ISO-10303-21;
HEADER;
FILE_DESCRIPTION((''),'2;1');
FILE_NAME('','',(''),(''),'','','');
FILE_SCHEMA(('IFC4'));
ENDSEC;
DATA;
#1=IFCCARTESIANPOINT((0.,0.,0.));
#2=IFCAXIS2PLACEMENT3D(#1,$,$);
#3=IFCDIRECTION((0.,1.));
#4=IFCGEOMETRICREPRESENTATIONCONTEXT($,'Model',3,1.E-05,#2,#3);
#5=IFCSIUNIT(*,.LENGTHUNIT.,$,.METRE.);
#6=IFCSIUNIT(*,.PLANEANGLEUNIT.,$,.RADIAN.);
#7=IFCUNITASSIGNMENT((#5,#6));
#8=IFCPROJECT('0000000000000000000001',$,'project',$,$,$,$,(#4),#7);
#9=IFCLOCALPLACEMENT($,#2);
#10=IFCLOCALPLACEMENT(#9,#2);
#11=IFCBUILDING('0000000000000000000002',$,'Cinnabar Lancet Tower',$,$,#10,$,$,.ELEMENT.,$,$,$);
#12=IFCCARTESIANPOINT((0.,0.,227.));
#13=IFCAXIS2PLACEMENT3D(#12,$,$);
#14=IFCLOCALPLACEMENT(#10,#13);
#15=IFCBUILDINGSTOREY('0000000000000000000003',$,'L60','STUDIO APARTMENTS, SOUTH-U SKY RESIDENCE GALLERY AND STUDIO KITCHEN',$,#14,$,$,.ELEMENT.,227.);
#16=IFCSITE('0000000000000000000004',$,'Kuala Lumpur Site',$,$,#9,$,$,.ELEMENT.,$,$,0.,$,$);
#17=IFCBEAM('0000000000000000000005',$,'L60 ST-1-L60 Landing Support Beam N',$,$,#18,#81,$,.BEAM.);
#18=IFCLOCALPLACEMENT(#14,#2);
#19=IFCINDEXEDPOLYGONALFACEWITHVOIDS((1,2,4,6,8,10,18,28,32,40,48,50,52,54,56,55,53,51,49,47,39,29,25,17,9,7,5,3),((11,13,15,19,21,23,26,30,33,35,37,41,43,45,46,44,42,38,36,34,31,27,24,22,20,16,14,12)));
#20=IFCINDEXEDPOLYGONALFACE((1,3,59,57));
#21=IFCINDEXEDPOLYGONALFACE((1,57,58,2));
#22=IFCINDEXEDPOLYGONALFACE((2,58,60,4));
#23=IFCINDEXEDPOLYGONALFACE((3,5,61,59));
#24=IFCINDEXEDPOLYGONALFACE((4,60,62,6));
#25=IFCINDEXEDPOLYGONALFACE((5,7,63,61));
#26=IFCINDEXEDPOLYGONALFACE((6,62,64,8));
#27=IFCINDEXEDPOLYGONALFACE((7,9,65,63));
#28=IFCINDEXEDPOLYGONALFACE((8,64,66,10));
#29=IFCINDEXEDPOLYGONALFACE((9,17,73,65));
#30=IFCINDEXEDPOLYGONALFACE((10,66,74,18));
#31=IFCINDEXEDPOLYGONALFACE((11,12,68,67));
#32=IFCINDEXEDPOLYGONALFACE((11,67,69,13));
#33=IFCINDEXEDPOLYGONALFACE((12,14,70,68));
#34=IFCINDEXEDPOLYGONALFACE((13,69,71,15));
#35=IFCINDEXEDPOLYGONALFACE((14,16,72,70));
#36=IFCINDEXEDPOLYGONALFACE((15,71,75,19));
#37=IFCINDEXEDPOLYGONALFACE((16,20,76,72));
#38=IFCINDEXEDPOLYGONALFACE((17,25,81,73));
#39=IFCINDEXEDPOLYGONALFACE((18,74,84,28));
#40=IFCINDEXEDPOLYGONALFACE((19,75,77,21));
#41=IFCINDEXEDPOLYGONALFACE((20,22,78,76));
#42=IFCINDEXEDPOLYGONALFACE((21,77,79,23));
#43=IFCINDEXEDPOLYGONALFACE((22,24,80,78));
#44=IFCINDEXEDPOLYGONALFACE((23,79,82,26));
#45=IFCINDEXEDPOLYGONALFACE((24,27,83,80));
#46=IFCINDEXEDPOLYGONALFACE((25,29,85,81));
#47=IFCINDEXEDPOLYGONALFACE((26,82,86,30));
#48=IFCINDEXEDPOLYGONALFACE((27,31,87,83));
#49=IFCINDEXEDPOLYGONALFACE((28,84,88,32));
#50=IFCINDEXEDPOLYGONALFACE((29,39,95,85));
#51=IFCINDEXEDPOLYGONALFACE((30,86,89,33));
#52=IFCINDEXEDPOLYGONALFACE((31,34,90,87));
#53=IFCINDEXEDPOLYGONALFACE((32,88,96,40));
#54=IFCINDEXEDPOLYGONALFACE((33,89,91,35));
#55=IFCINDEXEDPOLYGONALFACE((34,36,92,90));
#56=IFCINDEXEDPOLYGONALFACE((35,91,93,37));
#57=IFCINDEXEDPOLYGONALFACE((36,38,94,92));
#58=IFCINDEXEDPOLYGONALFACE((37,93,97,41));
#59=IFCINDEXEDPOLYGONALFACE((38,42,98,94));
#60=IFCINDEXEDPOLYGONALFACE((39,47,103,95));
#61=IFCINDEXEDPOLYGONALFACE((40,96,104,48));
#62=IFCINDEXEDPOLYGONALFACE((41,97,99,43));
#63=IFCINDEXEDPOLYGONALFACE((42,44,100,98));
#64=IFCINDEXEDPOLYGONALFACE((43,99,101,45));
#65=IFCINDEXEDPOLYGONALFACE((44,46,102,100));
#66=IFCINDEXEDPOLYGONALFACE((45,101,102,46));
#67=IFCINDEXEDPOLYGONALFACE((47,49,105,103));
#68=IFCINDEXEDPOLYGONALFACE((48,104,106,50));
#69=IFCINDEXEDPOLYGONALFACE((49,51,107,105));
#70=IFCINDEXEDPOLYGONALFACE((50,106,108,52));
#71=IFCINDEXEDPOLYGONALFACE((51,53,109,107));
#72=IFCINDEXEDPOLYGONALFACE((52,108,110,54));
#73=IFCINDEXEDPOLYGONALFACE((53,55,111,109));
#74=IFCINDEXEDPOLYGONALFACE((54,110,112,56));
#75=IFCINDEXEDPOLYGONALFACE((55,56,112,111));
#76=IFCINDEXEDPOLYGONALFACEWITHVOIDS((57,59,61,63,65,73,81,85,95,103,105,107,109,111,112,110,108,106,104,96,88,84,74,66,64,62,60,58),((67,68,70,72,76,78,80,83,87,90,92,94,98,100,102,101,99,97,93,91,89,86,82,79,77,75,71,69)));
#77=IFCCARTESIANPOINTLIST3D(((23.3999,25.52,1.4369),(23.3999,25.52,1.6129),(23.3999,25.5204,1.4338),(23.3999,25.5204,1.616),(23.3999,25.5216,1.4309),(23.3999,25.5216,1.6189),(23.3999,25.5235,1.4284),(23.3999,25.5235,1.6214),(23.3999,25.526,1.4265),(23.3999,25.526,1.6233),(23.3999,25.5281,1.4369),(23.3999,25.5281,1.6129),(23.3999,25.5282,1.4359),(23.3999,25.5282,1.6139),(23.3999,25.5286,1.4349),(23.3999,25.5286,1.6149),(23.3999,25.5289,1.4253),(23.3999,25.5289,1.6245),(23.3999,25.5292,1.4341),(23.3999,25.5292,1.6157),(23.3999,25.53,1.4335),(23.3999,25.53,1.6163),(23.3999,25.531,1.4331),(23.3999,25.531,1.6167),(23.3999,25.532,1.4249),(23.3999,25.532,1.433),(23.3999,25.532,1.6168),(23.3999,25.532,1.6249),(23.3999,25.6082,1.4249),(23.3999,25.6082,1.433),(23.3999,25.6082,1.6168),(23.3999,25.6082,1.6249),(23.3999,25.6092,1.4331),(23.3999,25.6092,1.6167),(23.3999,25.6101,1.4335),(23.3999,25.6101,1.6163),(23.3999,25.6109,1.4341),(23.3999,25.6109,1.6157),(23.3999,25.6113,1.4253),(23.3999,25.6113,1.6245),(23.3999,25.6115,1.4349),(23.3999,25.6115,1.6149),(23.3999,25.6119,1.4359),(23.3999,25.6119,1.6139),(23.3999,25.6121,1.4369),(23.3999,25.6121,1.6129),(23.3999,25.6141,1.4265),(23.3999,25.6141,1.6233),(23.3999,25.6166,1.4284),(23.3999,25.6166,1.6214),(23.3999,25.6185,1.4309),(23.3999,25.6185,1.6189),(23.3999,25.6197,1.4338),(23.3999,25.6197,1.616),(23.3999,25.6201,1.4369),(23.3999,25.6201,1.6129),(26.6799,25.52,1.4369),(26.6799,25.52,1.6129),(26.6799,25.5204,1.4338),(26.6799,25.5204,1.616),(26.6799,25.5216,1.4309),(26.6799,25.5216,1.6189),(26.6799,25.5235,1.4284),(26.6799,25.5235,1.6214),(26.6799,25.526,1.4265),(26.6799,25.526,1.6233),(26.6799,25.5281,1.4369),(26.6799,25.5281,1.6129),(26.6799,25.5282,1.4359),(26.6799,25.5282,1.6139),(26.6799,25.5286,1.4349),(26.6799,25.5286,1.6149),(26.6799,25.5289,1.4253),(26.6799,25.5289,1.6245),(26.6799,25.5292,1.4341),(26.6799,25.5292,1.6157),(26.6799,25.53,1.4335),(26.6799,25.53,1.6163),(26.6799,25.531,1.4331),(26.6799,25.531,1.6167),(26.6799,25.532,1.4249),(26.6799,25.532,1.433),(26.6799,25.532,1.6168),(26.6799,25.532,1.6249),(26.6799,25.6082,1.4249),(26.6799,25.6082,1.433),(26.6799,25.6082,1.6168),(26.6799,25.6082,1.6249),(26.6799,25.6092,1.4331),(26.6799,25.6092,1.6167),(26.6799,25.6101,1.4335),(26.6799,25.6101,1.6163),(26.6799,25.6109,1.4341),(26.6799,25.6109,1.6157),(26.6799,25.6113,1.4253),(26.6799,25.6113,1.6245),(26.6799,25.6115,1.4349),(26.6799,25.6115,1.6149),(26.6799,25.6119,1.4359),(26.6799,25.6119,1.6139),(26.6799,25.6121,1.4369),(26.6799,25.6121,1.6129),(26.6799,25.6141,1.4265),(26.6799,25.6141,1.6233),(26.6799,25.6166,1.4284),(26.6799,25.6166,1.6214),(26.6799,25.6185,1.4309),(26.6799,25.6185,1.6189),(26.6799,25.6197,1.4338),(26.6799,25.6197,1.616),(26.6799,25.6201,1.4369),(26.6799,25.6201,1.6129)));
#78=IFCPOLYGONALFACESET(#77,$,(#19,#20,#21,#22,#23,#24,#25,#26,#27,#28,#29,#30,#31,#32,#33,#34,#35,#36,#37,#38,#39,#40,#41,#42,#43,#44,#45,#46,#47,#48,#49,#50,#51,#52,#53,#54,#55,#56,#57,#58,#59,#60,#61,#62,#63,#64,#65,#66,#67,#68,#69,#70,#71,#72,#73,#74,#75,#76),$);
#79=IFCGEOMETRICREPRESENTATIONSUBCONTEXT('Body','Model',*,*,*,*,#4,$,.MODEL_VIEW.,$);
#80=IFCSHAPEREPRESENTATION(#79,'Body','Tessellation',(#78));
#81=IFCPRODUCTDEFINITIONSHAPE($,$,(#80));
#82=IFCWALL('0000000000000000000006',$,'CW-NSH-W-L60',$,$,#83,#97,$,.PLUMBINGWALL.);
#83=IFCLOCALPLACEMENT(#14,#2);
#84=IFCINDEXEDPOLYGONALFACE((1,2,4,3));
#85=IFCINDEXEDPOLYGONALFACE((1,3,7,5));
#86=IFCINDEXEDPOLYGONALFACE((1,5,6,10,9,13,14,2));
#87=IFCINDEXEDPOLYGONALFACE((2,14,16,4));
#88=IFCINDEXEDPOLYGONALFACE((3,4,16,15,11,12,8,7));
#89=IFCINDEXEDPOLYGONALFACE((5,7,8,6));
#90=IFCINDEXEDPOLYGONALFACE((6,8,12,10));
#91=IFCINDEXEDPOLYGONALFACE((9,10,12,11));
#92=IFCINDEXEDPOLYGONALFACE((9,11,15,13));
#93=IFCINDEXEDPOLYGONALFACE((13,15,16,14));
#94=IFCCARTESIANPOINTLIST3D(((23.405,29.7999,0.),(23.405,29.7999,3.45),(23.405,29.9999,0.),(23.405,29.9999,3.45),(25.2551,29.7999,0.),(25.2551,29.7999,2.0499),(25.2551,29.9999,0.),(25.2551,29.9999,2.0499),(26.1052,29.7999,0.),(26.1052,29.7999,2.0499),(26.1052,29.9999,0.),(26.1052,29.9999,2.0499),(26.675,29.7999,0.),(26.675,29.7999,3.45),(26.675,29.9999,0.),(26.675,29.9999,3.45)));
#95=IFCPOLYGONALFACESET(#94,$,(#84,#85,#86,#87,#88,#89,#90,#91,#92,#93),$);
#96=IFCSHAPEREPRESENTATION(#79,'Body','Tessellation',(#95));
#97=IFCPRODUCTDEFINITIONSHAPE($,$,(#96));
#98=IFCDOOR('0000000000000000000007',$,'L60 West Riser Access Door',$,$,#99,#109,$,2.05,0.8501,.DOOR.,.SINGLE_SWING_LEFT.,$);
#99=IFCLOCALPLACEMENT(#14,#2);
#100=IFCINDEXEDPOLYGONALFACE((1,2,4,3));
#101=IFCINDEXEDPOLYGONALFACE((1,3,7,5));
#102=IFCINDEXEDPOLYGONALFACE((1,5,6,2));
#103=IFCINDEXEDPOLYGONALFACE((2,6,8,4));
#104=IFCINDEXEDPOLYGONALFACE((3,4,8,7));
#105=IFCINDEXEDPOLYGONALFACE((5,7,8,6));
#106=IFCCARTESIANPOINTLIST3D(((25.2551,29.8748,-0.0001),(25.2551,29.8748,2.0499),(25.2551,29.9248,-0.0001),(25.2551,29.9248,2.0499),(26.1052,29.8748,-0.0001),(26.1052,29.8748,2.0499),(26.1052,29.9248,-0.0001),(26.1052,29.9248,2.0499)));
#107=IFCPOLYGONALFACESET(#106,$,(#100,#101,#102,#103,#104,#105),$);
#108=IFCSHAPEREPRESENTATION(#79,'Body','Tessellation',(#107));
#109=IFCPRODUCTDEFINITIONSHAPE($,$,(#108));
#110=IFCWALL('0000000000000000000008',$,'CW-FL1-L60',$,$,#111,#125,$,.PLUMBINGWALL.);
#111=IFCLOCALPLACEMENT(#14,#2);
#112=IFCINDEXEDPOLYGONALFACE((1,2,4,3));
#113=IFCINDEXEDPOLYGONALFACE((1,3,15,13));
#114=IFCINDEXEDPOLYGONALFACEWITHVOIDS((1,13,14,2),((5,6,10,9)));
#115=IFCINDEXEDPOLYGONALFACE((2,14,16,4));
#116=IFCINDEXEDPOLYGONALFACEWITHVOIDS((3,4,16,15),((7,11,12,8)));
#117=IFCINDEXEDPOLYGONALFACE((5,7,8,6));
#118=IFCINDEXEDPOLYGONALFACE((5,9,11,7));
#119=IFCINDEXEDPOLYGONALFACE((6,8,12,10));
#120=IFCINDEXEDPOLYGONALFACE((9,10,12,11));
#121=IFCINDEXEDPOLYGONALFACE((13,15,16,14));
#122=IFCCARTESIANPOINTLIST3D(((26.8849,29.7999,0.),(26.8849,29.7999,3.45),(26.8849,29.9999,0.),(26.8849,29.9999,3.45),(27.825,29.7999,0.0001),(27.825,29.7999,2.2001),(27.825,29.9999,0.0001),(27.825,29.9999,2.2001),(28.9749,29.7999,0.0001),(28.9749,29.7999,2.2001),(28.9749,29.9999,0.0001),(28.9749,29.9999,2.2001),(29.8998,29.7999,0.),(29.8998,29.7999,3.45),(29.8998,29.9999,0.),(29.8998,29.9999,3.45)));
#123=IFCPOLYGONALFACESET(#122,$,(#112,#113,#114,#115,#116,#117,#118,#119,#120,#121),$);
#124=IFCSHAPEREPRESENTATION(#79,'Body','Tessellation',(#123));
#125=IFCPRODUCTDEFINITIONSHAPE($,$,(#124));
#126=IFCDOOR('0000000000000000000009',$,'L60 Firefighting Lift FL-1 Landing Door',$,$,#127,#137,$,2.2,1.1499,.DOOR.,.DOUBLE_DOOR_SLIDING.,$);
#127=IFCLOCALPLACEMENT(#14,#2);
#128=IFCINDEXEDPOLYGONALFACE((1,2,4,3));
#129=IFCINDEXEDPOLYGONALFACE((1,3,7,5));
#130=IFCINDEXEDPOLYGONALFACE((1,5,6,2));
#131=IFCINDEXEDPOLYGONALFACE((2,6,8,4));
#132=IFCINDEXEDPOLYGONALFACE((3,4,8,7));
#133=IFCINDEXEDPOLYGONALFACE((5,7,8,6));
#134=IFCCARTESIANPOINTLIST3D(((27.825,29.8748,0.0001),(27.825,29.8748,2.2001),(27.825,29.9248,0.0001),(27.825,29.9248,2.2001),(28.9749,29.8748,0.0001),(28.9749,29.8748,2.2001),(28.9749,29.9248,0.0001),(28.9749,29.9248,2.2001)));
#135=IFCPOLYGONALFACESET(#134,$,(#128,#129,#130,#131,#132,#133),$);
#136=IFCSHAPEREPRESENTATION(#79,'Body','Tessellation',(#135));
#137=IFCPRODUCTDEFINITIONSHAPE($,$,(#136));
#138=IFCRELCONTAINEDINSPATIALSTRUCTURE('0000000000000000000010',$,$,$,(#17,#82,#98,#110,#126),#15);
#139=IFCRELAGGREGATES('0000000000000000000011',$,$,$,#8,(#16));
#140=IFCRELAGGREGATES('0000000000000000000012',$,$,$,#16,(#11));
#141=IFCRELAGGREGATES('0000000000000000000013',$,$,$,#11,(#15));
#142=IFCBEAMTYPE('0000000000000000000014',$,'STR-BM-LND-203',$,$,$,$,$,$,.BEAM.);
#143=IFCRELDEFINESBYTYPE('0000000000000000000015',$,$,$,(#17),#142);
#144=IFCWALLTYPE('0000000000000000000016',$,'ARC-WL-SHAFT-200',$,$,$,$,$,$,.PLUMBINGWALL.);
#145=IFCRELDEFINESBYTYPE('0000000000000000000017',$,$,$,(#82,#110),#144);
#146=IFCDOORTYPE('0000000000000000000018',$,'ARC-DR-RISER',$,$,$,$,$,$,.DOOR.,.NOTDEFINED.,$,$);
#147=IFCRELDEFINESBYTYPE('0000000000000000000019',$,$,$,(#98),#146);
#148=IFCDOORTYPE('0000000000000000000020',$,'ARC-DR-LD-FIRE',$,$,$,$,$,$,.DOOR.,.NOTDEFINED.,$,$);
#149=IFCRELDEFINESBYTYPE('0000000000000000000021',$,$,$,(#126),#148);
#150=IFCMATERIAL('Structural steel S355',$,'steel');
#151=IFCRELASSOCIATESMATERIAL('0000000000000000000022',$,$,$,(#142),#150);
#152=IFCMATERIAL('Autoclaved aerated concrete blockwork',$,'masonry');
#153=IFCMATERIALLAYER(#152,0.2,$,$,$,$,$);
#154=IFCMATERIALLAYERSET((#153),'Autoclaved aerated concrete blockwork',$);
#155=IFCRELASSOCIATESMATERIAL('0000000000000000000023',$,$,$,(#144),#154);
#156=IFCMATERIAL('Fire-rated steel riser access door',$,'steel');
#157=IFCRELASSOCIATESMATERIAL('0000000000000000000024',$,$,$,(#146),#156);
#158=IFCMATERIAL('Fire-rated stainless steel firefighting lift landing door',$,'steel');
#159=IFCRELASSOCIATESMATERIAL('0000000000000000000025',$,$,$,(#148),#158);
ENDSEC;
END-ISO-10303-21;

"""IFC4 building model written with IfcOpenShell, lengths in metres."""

from ifc_helpers import new_model, si_unit, direction, frame, frame_2d, origin, origin_2d, place, context, subcontext, project, spatial, rectangle, hollow_rectangle, extrude, material, layer, layer_set, material_profile, profile_set, type_object, element, fill, save


model = new_model("IFC4")

# Units and contexts
model_context = context("Model", 3, precision=1e-05, world=origin(), true_north=direction((0.0, 1.0)))
body_context = subcontext(model_context, "Body", "Model", "MODEL_VIEW")
ifc_project = project(units=[si_unit("LENGTHUNIT", "METRE"), si_unit("PLANEANGLEUNIT", "RADIAN")], contexts=[model_context])

# Site, building, storey
site_placement = place(None, origin())
site = spatial("IfcSite", under=ifc_project, at=site_placement, Name="Kuala Lumpur Site", CompositionType="ELEMENT", RefElevation=0.0)
building_placement = place(site_placement, origin())
building = spatial("IfcBuilding", under=site, at=building_placement, Name="Cinnabar Lancet Tower", CompositionType="ELEMENT")
storey_placement = place(building_placement, frame((0.0, 0.0, 227.0)))
storey = spatial("IfcBuildingStorey", under=building, at=storey_placement, Name="L60", Description="STUDIO APARTMENTS, SOUTH-U SKY RESIDENCE GALLERY AND STUDIO KITCHEN", CompositionType="ELEMENT", Elevation=227.0)

# Beam
ifc_material_1 = material(Name="Structural steel S355", Category="steel")
ifc_material_profile = material_profile(ifc_material_1, hollow_rectangle(XDim=0.1001, YDim=0.2, WallThickness=0.0081, InnerFilletRadius=0.0039, OuterFilletRadius=0.012, at=origin_2d()), Name="RHS 200x100x8")
ifc_profile_set = profile_set([ifc_material_profile], Name="Structural steel S355")
beam_type = type_object("IfcBeamType", Name="STR-BM-LND-203", PredefinedType="BEAM", material=ifc_profile_set)
beam_placement = place(storey_placement, frame((23.3999, 25.5701, 1.5249), z_axis=(1.0, 0.0, 0.0), x_axis=(0.0, 1.0, 0.0)))
element("IfcBeam", 1, at=beam_placement, inside=storey, type_object=beam_type, Name="L60 ST-1-L60 Landing Support Beam N", PredefinedType="BEAM", context=body_context, shape_type="SweptSolid", body=[
    extrude(hollow_rectangle(XDim=0.1001, YDim=0.2, WallThickness=0.0081, InnerFilletRadius=0.0039, OuterFilletRadius=0.012, at=origin_2d()), origin(), (0.0, 0.0, 1.0), 3.28),
])

# Walls, openings, doors
ifc_material_2 = material(Name="Autoclaved aerated concrete blockwork", Category="masonry")
ifc_layer = layer(ifc_material_2, 0.2)
ifc_layer_set = layer_set([ifc_layer], Name="Autoclaved aerated concrete blockwork")
wall_type = type_object("IfcWallType", Name="ARC-WL-SHAFT-200", PredefinedType="PLUMBINGWALL", material=ifc_layer_set)
wall_1_placement = place(storey_placement, frame((23.405, 29.8999, 0.0), z_axis=(0.0, 0.0, 1.0), x_axis=(1.0, 0.0, 0.0)))
wall_1 = element("IfcWall", 2, at=wall_1_placement, inside=storey, type_object=wall_type, Name="CW-NSH-W-L60", PredefinedType="PLUMBINGWALL", context=body_context, shape_type="SweptSolid", body=[
    extrude(rectangle(XDim=3.27, YDim=0.2, at=frame_2d((1.635, 0.0))), origin(), (0.0, 0.0, 1.0), 3.45),
])
opening_1_placement = place(wall_1_placement, frame((1.8501, 0.0, 0.0)))
opening_1 = element("IfcOpeningElement", 3, at=opening_1_placement, cuts=wall_1, PredefinedType="OPENING", context=body_context, shape_type="SweptSolid", body=[
    extrude(rectangle(XDim=0.8501, YDim=2.05, at=frame_2d((0.425, 1.0249))), frame((0.0, 0.1099, 0.0), z_axis=(0.0, -1.0, 0.0), x_axis=(1.0, 0.0, 0.0)), (0.0, 0.0, 1.0), 0.22),
])
ifc_material_3 = material(Name="Fire-rated steel riser access door", Category="steel")
door_type_1 = type_object("IfcDoorType", Name="ARC-DR-RISER", OperationType="NOTDEFINED", PredefinedType="DOOR", material=ifc_material_3)
door_1_placement = place(opening_1_placement, origin())
door_1 = element("IfcDoor", 4, at=door_1_placement, inside=storey, type_object=door_type_1, Name="L60 West Riser Access Door", OperationType="SINGLE_SWING_LEFT", OverallHeight=2.05, OverallWidth=0.8501, PredefinedType="DOOR", context=body_context, shape_type="SweptSolid", body=[
    extrude(rectangle(XDim=0.8501, YDim=2.05, at=frame_2d((0.425, 1.0249))), frame((0.0, 0.0249, 0.0), z_axis=(0.0, -1.0, 0.0), x_axis=(1.0, 0.0, 0.0)), (0.0, 0.0, 1.0), 0.05),
])
fill(opening_1, door_1)
wall_2_placement = place(storey_placement, frame((26.885, 29.8999, 0.0), z_axis=(0.0, 0.0, 1.0), x_axis=(1.0, 0.0, 0.0)))
wall_2 = element("IfcWall", 5, at=wall_2_placement, inside=storey, type_object=wall_type, Name="CW-FL1-L60", PredefinedType="PLUMBINGWALL", context=body_context, shape_type="SweptSolid", body=[
    extrude(rectangle(XDim=3.0149, YDim=0.2, at=frame_2d((1.5073, 0.0))), origin(), (0.0, 0.0, 1.0), 3.45),
])
opening_2_placement = place(wall_2_placement, frame((0.9399, 0.0, 0.0)))
opening_2 = element("IfcOpeningElement", 6, at=opening_2_placement, cuts=wall_2, PredefinedType="OPENING", context=body_context, shape_type="SweptSolid", body=[
    extrude(rectangle(XDim=1.1499, YDim=2.2, at=frame_2d((0.575, 1.1001))), frame((0.0, 0.1099, 0.0), z_axis=(0.0, -1.0, 0.0), x_axis=(1.0, 0.0, 0.0)), (0.0, 0.0, 1.0), 0.22),
])
ifc_material_4 = material(Name="Fire-rated stainless steel firefighting lift landing door", Category="steel")
door_type_2 = type_object("IfcDoorType", Name="ARC-DR-LD-FIRE", OperationType="NOTDEFINED", PredefinedType="DOOR", material=ifc_material_4)
door_2_placement = place(opening_2_placement, origin())
door_2 = element("IfcDoor", 7, at=door_2_placement, inside=storey, type_object=door_type_2, Name="L60 Firefighting Lift FL-1 Landing Door", OperationType="DOUBLE_DOOR_SLIDING", OverallHeight=2.2, OverallWidth=1.1499, PredefinedType="DOOR", context=body_context, shape_type="SweptSolid", body=[
    extrude(rectangle(XDim=1.1499, YDim=2.2, at=frame_2d((0.575, 1.1001))), frame((0.0, 0.0249, 0.0), z_axis=(0.0, -1.0, 0.0), x_axis=(1.0, 0.0, 0.0)), (0.0, 0.0, 1.0), 0.05),
])
fill(opening_2, door_2)

save(model, "model.ifc")
